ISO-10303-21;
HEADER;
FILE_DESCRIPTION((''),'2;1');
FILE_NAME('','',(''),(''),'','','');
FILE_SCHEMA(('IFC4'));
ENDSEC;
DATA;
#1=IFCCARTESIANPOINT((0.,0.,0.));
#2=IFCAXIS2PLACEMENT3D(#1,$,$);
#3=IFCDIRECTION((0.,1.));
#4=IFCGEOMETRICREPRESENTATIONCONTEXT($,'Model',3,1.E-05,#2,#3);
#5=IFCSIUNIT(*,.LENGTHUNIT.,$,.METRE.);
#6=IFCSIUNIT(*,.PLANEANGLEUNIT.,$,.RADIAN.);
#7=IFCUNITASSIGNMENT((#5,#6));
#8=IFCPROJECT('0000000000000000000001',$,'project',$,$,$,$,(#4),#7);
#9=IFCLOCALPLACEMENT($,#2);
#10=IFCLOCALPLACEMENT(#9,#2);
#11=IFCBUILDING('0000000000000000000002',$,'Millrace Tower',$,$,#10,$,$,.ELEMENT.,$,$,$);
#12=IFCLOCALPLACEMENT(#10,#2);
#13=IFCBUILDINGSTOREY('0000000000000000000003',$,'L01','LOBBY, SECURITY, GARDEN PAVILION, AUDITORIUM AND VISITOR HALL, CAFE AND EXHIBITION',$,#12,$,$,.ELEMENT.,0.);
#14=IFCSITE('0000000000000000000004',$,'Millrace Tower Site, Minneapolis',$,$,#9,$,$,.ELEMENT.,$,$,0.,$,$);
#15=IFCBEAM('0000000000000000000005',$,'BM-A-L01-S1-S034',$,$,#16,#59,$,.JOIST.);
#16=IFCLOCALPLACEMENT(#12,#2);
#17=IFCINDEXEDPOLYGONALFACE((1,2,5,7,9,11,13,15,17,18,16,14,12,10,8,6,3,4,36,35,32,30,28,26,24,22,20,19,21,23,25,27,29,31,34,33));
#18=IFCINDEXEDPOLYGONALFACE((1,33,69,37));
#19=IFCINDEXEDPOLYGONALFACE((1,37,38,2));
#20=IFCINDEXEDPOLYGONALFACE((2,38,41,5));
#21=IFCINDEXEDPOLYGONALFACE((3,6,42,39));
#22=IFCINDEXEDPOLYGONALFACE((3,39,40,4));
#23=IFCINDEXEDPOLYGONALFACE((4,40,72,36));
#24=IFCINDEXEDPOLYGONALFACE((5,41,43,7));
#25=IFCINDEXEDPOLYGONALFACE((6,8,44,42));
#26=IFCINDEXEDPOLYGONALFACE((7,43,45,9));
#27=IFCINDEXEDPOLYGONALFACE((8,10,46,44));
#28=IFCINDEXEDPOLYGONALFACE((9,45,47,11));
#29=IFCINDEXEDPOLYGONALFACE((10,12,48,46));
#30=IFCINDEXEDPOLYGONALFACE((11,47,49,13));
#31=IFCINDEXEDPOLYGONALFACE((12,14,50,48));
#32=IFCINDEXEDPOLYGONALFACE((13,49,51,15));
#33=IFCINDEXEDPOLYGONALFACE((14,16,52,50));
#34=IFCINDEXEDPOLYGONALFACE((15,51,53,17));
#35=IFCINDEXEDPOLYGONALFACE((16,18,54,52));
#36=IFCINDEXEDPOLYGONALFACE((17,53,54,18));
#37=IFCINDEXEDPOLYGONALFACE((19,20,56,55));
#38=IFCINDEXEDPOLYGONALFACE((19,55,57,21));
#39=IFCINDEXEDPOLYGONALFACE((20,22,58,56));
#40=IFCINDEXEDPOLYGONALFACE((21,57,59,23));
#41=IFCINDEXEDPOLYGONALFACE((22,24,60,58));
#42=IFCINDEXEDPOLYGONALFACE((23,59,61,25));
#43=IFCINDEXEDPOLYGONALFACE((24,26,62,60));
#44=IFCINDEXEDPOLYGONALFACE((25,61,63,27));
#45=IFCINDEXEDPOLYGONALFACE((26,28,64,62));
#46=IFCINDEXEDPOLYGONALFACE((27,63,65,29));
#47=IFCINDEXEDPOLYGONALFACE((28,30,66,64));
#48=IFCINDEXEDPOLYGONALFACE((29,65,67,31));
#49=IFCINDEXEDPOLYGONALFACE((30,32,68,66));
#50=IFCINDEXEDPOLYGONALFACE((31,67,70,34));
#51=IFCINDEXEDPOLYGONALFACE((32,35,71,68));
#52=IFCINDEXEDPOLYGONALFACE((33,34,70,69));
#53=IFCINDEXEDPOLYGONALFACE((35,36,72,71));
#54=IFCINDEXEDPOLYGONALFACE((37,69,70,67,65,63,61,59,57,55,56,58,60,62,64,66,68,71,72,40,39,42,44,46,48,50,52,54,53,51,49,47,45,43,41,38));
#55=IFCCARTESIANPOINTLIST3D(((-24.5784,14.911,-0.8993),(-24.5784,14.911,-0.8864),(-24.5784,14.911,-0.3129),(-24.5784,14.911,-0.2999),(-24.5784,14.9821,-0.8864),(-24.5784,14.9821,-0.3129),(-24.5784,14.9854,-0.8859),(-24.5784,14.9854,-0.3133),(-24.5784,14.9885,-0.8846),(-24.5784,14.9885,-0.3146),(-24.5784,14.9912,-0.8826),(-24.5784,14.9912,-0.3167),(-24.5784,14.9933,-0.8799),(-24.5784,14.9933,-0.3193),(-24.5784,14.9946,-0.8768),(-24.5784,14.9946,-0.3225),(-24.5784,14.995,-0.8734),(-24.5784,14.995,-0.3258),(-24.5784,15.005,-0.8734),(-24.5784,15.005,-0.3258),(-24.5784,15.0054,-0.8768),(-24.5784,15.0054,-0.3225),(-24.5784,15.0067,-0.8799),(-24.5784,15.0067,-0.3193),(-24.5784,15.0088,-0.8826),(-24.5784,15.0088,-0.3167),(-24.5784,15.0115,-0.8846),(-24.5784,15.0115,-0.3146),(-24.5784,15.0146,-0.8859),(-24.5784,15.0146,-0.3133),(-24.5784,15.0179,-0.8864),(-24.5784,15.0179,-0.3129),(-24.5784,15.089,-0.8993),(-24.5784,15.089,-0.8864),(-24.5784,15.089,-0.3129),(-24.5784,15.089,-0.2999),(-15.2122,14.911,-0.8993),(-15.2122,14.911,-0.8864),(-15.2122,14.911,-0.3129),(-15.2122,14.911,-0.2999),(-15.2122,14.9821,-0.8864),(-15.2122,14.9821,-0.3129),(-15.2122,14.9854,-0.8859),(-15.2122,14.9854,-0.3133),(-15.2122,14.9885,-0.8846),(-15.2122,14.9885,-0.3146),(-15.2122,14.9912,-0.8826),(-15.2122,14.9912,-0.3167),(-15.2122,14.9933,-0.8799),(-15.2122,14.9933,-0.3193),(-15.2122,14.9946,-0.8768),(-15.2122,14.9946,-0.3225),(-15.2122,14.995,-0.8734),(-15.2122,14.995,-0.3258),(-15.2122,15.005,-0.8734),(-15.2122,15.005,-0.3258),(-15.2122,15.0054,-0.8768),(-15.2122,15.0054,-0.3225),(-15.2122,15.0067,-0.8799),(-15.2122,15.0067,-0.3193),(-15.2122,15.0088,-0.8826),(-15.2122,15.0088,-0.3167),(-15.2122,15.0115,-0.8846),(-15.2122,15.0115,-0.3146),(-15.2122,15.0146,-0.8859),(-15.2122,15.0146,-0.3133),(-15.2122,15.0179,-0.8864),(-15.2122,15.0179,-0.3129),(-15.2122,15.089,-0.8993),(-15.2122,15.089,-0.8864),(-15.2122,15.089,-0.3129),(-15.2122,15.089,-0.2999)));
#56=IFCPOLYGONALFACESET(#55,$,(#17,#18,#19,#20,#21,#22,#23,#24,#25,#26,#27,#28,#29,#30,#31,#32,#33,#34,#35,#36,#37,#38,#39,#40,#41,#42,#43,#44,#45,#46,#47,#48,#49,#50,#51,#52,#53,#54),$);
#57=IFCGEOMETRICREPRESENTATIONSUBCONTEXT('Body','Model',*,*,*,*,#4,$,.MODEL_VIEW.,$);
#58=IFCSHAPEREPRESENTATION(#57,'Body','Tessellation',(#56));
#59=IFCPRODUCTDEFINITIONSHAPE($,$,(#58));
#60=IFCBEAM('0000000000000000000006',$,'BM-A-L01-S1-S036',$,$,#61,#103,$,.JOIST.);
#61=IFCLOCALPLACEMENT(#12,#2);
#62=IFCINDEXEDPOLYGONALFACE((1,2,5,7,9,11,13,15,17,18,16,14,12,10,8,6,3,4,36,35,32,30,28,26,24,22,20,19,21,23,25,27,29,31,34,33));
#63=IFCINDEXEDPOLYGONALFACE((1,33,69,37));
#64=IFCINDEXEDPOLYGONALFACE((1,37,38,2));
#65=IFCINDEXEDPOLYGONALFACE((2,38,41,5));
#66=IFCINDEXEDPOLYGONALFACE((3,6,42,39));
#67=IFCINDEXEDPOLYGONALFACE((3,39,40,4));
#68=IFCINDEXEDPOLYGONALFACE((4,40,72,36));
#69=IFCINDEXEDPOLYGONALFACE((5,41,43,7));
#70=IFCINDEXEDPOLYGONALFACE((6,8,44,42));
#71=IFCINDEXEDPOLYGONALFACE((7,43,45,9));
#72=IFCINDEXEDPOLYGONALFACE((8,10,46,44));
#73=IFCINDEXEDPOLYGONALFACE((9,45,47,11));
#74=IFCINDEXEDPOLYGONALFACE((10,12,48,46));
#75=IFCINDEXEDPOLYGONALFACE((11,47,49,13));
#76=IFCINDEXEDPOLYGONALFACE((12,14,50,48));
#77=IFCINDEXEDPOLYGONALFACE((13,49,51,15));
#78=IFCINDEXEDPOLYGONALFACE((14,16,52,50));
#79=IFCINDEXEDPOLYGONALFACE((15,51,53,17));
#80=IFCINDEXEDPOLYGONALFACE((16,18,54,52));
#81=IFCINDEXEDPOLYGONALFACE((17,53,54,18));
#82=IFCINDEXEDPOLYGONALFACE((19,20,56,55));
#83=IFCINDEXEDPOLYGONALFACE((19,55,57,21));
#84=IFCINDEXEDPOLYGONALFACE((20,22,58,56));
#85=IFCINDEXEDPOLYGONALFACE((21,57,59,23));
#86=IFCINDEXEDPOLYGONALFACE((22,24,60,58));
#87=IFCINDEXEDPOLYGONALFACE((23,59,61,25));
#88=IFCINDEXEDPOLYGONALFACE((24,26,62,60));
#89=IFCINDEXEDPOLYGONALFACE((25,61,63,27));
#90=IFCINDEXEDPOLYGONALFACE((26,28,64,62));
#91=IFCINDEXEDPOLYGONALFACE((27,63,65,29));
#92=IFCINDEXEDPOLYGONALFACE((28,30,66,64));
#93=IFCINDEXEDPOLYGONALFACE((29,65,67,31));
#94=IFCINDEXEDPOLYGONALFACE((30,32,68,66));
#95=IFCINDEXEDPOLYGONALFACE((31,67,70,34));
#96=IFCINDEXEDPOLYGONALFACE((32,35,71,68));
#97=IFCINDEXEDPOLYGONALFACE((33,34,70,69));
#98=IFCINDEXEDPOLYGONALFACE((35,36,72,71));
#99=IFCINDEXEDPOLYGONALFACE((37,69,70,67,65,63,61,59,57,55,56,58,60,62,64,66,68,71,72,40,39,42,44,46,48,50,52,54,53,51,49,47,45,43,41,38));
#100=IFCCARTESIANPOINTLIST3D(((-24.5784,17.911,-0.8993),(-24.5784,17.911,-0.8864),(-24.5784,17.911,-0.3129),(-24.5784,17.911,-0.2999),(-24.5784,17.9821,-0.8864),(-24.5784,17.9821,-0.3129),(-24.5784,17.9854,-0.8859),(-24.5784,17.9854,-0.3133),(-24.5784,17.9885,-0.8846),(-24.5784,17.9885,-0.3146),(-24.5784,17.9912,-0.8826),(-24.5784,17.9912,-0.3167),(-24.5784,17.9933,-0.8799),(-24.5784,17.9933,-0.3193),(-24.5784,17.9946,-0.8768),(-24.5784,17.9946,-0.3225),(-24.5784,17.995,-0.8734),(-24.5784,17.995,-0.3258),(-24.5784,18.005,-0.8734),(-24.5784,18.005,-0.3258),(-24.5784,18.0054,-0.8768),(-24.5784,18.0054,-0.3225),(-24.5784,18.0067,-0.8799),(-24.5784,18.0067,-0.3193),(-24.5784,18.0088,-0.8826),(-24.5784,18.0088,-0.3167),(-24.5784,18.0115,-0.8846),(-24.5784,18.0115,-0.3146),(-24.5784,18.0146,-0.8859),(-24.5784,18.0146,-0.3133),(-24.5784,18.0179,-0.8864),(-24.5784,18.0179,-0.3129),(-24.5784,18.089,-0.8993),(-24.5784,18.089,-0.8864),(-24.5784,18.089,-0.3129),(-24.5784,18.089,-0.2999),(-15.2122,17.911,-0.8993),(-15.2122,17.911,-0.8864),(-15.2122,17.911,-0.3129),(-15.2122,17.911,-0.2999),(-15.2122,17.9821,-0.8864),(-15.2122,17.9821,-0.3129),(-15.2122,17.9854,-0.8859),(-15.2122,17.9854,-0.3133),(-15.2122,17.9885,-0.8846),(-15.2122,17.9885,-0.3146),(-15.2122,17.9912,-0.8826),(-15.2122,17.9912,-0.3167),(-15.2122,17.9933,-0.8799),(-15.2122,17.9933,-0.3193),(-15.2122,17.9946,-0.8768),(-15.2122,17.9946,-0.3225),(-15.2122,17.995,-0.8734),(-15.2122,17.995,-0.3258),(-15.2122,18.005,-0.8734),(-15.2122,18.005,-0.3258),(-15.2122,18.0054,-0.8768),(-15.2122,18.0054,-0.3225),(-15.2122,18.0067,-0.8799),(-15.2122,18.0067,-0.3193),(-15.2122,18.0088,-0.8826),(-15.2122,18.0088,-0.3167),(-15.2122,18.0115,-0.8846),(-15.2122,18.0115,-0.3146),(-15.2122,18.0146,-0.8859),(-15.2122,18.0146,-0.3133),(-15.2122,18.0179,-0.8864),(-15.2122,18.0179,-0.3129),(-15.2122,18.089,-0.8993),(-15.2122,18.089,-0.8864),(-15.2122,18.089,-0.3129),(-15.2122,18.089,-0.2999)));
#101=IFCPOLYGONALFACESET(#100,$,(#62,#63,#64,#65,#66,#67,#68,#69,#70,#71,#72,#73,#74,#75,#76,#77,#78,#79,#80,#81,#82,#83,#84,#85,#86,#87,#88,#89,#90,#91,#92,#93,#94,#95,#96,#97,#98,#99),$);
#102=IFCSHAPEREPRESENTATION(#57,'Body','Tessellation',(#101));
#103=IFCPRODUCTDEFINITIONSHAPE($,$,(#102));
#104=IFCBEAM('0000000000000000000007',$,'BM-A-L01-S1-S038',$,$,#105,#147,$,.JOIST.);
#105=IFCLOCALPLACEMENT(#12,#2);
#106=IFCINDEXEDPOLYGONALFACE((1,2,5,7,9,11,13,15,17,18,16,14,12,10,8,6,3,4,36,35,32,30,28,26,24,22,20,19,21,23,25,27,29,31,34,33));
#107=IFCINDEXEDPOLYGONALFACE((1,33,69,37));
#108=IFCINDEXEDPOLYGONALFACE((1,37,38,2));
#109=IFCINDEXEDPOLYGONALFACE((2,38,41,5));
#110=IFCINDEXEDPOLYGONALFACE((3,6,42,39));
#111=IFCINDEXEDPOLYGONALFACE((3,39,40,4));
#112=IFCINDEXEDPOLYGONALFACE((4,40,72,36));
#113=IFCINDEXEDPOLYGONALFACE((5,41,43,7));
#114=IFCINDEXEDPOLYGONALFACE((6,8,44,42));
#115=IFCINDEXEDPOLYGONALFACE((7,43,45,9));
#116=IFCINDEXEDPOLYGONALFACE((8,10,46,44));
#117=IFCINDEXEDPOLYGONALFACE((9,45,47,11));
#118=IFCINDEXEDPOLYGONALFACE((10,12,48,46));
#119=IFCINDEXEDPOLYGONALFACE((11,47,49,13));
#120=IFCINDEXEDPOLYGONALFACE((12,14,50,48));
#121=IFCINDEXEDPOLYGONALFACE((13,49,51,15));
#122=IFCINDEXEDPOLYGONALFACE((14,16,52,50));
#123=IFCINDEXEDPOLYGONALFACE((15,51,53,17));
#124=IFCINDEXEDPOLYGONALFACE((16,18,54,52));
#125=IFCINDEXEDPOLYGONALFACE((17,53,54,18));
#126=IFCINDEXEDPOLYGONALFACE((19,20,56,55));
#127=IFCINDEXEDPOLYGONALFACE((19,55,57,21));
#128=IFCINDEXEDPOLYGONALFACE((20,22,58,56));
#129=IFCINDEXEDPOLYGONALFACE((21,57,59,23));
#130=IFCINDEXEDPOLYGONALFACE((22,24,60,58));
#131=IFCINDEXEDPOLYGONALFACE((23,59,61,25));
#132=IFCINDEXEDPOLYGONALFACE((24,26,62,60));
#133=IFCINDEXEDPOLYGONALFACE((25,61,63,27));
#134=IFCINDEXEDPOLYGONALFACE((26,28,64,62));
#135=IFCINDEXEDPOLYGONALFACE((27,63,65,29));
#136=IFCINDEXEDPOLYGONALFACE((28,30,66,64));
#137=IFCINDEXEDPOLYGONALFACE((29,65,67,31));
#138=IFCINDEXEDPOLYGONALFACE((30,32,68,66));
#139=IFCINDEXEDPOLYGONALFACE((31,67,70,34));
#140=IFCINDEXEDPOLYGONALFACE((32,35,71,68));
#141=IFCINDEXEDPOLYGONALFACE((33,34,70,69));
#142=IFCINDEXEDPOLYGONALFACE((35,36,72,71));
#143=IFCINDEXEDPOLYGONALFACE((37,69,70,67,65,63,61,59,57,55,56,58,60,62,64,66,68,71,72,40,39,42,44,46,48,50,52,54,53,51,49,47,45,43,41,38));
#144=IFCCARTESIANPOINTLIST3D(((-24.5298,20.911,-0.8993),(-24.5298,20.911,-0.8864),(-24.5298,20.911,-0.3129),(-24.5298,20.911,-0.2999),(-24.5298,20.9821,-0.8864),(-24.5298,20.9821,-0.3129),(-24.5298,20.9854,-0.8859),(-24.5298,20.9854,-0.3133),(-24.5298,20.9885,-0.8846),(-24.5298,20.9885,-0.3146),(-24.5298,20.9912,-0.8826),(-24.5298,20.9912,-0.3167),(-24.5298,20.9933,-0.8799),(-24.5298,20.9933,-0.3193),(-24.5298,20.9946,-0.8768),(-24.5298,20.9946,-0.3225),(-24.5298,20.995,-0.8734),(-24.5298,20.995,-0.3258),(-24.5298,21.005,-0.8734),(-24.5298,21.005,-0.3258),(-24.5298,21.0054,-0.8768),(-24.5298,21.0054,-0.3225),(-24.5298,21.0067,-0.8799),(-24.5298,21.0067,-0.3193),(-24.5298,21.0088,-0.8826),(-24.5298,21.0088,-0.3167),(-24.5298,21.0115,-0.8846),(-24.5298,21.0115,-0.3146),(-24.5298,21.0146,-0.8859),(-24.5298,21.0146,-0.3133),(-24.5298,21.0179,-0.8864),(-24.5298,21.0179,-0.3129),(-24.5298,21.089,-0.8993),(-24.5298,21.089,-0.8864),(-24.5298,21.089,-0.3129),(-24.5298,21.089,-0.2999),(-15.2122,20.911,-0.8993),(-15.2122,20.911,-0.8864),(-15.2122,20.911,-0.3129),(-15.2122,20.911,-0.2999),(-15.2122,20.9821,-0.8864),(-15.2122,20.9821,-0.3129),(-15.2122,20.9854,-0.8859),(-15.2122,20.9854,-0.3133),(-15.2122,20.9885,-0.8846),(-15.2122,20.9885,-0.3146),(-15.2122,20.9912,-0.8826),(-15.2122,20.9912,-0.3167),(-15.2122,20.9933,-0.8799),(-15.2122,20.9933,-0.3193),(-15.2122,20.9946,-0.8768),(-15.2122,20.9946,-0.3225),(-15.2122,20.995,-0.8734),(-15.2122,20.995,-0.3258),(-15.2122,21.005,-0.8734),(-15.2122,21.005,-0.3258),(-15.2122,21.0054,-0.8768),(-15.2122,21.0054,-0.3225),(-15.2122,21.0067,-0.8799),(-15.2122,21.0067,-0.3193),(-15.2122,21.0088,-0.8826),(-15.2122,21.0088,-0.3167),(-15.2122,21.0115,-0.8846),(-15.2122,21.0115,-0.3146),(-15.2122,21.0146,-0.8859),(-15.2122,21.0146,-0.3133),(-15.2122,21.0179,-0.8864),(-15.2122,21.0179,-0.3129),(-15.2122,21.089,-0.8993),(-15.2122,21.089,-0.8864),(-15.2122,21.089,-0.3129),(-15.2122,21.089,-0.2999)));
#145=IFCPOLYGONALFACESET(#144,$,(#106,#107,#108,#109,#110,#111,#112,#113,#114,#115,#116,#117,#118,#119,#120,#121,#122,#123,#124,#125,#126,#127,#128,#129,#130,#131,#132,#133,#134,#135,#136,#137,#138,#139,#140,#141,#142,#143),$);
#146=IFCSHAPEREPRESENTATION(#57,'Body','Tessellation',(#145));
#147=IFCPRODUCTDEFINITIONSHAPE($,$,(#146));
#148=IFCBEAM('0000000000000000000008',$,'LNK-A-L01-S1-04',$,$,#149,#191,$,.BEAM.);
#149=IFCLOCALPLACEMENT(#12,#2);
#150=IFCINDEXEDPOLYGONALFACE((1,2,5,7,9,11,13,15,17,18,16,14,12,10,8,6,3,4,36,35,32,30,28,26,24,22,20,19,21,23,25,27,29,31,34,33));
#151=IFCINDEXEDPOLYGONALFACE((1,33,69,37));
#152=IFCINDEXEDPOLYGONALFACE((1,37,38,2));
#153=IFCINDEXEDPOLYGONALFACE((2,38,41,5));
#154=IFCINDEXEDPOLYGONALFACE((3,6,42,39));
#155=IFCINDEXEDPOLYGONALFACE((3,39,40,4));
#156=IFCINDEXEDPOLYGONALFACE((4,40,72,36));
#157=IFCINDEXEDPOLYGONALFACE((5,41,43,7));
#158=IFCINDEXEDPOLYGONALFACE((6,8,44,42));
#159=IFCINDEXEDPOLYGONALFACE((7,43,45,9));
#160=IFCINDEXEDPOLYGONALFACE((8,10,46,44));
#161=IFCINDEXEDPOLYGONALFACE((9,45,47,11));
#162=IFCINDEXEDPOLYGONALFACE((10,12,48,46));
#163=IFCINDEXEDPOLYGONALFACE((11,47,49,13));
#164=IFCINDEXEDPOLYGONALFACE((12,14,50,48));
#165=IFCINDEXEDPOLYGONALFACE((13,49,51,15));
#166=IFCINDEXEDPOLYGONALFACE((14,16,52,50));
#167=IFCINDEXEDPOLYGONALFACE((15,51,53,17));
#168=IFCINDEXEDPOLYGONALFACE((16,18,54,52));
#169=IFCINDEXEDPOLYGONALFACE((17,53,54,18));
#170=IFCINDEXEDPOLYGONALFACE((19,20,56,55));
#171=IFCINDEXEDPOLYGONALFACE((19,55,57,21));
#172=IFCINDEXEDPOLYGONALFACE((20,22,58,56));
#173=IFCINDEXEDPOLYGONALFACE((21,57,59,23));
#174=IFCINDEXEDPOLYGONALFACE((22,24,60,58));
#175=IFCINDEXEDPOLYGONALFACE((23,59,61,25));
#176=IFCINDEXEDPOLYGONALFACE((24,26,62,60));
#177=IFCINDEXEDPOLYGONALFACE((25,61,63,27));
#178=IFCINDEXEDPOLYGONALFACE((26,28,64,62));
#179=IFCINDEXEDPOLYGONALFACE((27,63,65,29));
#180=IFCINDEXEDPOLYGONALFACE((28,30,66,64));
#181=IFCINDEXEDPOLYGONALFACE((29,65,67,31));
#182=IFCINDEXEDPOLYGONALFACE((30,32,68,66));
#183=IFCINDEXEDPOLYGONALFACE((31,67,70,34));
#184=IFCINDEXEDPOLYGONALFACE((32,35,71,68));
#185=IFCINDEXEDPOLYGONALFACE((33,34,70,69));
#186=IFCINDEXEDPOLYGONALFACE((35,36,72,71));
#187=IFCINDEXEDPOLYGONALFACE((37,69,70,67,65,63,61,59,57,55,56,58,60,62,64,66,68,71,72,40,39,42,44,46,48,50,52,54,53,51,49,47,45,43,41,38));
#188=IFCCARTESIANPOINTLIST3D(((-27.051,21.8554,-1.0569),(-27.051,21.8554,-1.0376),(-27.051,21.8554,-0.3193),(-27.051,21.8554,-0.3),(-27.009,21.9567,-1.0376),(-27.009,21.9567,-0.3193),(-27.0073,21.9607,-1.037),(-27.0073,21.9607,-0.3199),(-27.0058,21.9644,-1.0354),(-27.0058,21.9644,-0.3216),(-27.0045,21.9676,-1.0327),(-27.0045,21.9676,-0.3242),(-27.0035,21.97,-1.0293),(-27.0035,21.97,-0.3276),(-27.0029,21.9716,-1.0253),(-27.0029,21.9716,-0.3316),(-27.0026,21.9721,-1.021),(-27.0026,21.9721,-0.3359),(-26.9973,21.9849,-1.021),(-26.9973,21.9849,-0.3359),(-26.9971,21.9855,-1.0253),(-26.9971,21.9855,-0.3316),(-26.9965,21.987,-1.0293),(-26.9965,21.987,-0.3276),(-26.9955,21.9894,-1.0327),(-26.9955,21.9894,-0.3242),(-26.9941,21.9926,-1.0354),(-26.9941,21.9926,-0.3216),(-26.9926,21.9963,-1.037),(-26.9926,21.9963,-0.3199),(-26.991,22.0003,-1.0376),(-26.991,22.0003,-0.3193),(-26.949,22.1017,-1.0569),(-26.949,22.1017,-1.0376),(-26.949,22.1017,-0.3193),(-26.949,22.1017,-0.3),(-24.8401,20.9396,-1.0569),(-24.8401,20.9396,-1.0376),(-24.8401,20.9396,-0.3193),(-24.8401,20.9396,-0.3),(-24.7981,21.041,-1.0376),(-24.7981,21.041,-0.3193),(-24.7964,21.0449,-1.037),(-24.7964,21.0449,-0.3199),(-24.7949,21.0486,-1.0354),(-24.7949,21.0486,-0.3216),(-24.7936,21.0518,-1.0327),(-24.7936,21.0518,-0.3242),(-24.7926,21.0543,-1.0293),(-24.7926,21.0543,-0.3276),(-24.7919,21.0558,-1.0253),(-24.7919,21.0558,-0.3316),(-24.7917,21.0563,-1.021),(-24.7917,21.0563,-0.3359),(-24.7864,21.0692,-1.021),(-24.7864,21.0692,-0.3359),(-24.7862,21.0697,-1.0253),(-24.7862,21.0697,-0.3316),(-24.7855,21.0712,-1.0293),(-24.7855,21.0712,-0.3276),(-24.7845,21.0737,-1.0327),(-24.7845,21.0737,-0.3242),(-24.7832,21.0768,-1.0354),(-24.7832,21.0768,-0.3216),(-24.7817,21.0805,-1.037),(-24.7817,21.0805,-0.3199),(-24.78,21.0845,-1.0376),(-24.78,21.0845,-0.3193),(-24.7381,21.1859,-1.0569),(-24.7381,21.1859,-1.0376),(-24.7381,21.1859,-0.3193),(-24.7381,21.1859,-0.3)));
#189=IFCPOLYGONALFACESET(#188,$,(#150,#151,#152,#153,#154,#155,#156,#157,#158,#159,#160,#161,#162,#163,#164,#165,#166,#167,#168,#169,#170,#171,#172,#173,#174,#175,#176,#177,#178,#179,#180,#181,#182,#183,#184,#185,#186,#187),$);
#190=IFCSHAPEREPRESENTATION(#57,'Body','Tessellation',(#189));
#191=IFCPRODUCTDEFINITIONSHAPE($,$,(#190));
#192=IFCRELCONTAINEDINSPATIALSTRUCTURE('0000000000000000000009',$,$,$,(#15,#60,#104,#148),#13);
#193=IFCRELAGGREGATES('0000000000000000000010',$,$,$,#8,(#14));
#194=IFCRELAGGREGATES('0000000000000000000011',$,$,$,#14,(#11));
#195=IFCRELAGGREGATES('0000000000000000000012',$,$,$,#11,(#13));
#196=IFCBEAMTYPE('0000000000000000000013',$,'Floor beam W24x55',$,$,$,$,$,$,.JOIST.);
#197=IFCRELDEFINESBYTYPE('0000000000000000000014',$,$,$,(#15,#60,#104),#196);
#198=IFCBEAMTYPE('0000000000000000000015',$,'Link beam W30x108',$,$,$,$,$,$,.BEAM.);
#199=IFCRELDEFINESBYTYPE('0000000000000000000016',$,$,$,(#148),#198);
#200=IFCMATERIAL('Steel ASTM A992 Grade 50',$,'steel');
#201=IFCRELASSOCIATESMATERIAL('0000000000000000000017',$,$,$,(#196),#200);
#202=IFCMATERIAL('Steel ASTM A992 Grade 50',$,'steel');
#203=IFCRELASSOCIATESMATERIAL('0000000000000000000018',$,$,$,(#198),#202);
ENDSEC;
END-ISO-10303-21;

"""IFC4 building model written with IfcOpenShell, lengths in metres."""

from ifc_helpers import new_model, si_unit, direction, frame, origin, origin_2d, place, context, subcontext, project, spatial, i_section, extrude, material, material_profile, profile_set, type_object, element, save


model = new_model("IFC4")

# Units and contexts
model_context = context("Model", 3, precision=1e-05, world=origin(), true_north=direction((0.0, 1.0)))
body_context = subcontext(model_context, "Body", "Model", "MODEL_VIEW")
ifc_project = project(units=[si_unit("LENGTHUNIT", "METRE"), si_unit("PLANEANGLEUNIT", "RADIAN")], contexts=[model_context])

# Site, building, storey
site_placement = place(None, origin())
site = spatial("IfcSite", under=ifc_project, at=site_placement, Name="Millrace Tower Site, Minneapolis", CompositionType="ELEMENT", RefElevation=0.0)
building_placement = place(site_placement, origin())
building = spatial("IfcBuilding", under=site, at=building_placement, Name="Millrace Tower", CompositionType="ELEMENT")
storey_placement = place(building_placement, origin())
storey = spatial("IfcBuildingStorey", under=building, at=storey_placement, Name="L01", Description="LOBBY, SECURITY, GARDEN PAVILION, AUDITORIUM AND VISITOR HALL, CAFE AND EXHIBITION", CompositionType="ELEMENT", Elevation=0.0)

# Beams
ifc_material_1 = material(Name="Steel ASTM A992 Grade 50", Category="steel")
ifc_material_profile_1 = material_profile(ifc_material_1, i_section(OverallWidth=0.178, OverallDepth=0.5994, WebThickness=0.01, FlangeThickness=0.0129, FilletRadius=0.0129, at=origin_2d()))
ifc_profile_set_1 = profile_set([ifc_material_profile_1], Name="Steel ASTM A992 Grade 50")
beam_type_1 = type_object("IfcBeamType", Name="Floor beam W24x55", PredefinedType="JOIST", material=ifc_profile_set_1)
for number, where, z_axis, x_axis, name in (
    (1, (-24.5784, 15.0, -0.5996), (1.0, 0.0, 0.0), (0.0, 1.0, 0.0), "BM-A-L01-S1-S034"),
    (2, (-24.5784, 18.0, -0.5996), (1.0, 0.0, 0.0), (0.0, 1.0, 0.0), "BM-A-L01-S1-S036"),
):
    element("IfcBeam", number, at=place(storey_placement, frame(where, z_axis=z_axis, x_axis=x_axis)), inside=storey, type_object=beam_type_1, Name=name, PredefinedType="JOIST", context=body_context, shape_type="SweptSolid", body=[
        extrude(i_section(OverallWidth=0.178, OverallDepth=0.5994, WebThickness=0.01, FlangeThickness=0.0129, FilletRadius=0.0129, at=origin_2d()), origin(), (0.0, 0.0, 1.0), 9.3662),
    ])
beam_1_placement = place(storey_placement, frame((-24.5298, 21.0, -0.5996), z_axis=(1.0, 0.0, 0.0), x_axis=(0.0, 1.0, 0.0)))
element("IfcBeam", 3, at=beam_1_placement, inside=storey, type_object=beam_type_1, Name="BM-A-L01-S1-S038", PredefinedType="JOIST", context=body_context, shape_type="SweptSolid", body=[
    extrude(i_section(OverallWidth=0.178, OverallDepth=0.5994, WebThickness=0.01, FlangeThickness=0.0129, FilletRadius=0.0129, at=origin_2d()), origin(), (0.0, 0.0, 1.0), 9.3176),
])
ifc_material_2 = material(Name="Steel ASTM A992 Grade 50", Category="steel")
ifc_material_profile_2 = material_profile(ifc_material_2, i_section(OverallWidth=0.2666, OverallDepth=0.7568, WebThickness=0.0139, FlangeThickness=0.0193, FilletRadius=0.0166, at=origin_2d()))
ifc_profile_set_2 = profile_set([ifc_material_profile_2], Name="Steel ASTM A992 Grade 50")
beam_type_2 = type_object("IfcBeamType", Name="Link beam W30x108", PredefinedType="BEAM", material=ifc_profile_set_2)
beam_2_placement = place(storey_placement, frame((-24.7891, 21.0627, -0.6785), z_axis=(-0.923884, 0.382673, 0.0), x_axis=(-0.382673, -0.923884, 0.0)))
element("IfcBeam", 4, at=beam_2_placement, inside=storey, type_object=beam_type_2, Name="LNK-A-L01-S1-04", PredefinedType="BEAM", context=body_context, shape_type="SweptSolid", body=[
    extrude(i_section(OverallWidth=0.2666, OverallDepth=0.7568, WebThickness=0.0139, FlangeThickness=0.0193, FilletRadius=0.0166, at=origin_2d()), origin(), (0.0, 0.0, 1.0), 2.3931),
])

save(model, "model.ifc")
